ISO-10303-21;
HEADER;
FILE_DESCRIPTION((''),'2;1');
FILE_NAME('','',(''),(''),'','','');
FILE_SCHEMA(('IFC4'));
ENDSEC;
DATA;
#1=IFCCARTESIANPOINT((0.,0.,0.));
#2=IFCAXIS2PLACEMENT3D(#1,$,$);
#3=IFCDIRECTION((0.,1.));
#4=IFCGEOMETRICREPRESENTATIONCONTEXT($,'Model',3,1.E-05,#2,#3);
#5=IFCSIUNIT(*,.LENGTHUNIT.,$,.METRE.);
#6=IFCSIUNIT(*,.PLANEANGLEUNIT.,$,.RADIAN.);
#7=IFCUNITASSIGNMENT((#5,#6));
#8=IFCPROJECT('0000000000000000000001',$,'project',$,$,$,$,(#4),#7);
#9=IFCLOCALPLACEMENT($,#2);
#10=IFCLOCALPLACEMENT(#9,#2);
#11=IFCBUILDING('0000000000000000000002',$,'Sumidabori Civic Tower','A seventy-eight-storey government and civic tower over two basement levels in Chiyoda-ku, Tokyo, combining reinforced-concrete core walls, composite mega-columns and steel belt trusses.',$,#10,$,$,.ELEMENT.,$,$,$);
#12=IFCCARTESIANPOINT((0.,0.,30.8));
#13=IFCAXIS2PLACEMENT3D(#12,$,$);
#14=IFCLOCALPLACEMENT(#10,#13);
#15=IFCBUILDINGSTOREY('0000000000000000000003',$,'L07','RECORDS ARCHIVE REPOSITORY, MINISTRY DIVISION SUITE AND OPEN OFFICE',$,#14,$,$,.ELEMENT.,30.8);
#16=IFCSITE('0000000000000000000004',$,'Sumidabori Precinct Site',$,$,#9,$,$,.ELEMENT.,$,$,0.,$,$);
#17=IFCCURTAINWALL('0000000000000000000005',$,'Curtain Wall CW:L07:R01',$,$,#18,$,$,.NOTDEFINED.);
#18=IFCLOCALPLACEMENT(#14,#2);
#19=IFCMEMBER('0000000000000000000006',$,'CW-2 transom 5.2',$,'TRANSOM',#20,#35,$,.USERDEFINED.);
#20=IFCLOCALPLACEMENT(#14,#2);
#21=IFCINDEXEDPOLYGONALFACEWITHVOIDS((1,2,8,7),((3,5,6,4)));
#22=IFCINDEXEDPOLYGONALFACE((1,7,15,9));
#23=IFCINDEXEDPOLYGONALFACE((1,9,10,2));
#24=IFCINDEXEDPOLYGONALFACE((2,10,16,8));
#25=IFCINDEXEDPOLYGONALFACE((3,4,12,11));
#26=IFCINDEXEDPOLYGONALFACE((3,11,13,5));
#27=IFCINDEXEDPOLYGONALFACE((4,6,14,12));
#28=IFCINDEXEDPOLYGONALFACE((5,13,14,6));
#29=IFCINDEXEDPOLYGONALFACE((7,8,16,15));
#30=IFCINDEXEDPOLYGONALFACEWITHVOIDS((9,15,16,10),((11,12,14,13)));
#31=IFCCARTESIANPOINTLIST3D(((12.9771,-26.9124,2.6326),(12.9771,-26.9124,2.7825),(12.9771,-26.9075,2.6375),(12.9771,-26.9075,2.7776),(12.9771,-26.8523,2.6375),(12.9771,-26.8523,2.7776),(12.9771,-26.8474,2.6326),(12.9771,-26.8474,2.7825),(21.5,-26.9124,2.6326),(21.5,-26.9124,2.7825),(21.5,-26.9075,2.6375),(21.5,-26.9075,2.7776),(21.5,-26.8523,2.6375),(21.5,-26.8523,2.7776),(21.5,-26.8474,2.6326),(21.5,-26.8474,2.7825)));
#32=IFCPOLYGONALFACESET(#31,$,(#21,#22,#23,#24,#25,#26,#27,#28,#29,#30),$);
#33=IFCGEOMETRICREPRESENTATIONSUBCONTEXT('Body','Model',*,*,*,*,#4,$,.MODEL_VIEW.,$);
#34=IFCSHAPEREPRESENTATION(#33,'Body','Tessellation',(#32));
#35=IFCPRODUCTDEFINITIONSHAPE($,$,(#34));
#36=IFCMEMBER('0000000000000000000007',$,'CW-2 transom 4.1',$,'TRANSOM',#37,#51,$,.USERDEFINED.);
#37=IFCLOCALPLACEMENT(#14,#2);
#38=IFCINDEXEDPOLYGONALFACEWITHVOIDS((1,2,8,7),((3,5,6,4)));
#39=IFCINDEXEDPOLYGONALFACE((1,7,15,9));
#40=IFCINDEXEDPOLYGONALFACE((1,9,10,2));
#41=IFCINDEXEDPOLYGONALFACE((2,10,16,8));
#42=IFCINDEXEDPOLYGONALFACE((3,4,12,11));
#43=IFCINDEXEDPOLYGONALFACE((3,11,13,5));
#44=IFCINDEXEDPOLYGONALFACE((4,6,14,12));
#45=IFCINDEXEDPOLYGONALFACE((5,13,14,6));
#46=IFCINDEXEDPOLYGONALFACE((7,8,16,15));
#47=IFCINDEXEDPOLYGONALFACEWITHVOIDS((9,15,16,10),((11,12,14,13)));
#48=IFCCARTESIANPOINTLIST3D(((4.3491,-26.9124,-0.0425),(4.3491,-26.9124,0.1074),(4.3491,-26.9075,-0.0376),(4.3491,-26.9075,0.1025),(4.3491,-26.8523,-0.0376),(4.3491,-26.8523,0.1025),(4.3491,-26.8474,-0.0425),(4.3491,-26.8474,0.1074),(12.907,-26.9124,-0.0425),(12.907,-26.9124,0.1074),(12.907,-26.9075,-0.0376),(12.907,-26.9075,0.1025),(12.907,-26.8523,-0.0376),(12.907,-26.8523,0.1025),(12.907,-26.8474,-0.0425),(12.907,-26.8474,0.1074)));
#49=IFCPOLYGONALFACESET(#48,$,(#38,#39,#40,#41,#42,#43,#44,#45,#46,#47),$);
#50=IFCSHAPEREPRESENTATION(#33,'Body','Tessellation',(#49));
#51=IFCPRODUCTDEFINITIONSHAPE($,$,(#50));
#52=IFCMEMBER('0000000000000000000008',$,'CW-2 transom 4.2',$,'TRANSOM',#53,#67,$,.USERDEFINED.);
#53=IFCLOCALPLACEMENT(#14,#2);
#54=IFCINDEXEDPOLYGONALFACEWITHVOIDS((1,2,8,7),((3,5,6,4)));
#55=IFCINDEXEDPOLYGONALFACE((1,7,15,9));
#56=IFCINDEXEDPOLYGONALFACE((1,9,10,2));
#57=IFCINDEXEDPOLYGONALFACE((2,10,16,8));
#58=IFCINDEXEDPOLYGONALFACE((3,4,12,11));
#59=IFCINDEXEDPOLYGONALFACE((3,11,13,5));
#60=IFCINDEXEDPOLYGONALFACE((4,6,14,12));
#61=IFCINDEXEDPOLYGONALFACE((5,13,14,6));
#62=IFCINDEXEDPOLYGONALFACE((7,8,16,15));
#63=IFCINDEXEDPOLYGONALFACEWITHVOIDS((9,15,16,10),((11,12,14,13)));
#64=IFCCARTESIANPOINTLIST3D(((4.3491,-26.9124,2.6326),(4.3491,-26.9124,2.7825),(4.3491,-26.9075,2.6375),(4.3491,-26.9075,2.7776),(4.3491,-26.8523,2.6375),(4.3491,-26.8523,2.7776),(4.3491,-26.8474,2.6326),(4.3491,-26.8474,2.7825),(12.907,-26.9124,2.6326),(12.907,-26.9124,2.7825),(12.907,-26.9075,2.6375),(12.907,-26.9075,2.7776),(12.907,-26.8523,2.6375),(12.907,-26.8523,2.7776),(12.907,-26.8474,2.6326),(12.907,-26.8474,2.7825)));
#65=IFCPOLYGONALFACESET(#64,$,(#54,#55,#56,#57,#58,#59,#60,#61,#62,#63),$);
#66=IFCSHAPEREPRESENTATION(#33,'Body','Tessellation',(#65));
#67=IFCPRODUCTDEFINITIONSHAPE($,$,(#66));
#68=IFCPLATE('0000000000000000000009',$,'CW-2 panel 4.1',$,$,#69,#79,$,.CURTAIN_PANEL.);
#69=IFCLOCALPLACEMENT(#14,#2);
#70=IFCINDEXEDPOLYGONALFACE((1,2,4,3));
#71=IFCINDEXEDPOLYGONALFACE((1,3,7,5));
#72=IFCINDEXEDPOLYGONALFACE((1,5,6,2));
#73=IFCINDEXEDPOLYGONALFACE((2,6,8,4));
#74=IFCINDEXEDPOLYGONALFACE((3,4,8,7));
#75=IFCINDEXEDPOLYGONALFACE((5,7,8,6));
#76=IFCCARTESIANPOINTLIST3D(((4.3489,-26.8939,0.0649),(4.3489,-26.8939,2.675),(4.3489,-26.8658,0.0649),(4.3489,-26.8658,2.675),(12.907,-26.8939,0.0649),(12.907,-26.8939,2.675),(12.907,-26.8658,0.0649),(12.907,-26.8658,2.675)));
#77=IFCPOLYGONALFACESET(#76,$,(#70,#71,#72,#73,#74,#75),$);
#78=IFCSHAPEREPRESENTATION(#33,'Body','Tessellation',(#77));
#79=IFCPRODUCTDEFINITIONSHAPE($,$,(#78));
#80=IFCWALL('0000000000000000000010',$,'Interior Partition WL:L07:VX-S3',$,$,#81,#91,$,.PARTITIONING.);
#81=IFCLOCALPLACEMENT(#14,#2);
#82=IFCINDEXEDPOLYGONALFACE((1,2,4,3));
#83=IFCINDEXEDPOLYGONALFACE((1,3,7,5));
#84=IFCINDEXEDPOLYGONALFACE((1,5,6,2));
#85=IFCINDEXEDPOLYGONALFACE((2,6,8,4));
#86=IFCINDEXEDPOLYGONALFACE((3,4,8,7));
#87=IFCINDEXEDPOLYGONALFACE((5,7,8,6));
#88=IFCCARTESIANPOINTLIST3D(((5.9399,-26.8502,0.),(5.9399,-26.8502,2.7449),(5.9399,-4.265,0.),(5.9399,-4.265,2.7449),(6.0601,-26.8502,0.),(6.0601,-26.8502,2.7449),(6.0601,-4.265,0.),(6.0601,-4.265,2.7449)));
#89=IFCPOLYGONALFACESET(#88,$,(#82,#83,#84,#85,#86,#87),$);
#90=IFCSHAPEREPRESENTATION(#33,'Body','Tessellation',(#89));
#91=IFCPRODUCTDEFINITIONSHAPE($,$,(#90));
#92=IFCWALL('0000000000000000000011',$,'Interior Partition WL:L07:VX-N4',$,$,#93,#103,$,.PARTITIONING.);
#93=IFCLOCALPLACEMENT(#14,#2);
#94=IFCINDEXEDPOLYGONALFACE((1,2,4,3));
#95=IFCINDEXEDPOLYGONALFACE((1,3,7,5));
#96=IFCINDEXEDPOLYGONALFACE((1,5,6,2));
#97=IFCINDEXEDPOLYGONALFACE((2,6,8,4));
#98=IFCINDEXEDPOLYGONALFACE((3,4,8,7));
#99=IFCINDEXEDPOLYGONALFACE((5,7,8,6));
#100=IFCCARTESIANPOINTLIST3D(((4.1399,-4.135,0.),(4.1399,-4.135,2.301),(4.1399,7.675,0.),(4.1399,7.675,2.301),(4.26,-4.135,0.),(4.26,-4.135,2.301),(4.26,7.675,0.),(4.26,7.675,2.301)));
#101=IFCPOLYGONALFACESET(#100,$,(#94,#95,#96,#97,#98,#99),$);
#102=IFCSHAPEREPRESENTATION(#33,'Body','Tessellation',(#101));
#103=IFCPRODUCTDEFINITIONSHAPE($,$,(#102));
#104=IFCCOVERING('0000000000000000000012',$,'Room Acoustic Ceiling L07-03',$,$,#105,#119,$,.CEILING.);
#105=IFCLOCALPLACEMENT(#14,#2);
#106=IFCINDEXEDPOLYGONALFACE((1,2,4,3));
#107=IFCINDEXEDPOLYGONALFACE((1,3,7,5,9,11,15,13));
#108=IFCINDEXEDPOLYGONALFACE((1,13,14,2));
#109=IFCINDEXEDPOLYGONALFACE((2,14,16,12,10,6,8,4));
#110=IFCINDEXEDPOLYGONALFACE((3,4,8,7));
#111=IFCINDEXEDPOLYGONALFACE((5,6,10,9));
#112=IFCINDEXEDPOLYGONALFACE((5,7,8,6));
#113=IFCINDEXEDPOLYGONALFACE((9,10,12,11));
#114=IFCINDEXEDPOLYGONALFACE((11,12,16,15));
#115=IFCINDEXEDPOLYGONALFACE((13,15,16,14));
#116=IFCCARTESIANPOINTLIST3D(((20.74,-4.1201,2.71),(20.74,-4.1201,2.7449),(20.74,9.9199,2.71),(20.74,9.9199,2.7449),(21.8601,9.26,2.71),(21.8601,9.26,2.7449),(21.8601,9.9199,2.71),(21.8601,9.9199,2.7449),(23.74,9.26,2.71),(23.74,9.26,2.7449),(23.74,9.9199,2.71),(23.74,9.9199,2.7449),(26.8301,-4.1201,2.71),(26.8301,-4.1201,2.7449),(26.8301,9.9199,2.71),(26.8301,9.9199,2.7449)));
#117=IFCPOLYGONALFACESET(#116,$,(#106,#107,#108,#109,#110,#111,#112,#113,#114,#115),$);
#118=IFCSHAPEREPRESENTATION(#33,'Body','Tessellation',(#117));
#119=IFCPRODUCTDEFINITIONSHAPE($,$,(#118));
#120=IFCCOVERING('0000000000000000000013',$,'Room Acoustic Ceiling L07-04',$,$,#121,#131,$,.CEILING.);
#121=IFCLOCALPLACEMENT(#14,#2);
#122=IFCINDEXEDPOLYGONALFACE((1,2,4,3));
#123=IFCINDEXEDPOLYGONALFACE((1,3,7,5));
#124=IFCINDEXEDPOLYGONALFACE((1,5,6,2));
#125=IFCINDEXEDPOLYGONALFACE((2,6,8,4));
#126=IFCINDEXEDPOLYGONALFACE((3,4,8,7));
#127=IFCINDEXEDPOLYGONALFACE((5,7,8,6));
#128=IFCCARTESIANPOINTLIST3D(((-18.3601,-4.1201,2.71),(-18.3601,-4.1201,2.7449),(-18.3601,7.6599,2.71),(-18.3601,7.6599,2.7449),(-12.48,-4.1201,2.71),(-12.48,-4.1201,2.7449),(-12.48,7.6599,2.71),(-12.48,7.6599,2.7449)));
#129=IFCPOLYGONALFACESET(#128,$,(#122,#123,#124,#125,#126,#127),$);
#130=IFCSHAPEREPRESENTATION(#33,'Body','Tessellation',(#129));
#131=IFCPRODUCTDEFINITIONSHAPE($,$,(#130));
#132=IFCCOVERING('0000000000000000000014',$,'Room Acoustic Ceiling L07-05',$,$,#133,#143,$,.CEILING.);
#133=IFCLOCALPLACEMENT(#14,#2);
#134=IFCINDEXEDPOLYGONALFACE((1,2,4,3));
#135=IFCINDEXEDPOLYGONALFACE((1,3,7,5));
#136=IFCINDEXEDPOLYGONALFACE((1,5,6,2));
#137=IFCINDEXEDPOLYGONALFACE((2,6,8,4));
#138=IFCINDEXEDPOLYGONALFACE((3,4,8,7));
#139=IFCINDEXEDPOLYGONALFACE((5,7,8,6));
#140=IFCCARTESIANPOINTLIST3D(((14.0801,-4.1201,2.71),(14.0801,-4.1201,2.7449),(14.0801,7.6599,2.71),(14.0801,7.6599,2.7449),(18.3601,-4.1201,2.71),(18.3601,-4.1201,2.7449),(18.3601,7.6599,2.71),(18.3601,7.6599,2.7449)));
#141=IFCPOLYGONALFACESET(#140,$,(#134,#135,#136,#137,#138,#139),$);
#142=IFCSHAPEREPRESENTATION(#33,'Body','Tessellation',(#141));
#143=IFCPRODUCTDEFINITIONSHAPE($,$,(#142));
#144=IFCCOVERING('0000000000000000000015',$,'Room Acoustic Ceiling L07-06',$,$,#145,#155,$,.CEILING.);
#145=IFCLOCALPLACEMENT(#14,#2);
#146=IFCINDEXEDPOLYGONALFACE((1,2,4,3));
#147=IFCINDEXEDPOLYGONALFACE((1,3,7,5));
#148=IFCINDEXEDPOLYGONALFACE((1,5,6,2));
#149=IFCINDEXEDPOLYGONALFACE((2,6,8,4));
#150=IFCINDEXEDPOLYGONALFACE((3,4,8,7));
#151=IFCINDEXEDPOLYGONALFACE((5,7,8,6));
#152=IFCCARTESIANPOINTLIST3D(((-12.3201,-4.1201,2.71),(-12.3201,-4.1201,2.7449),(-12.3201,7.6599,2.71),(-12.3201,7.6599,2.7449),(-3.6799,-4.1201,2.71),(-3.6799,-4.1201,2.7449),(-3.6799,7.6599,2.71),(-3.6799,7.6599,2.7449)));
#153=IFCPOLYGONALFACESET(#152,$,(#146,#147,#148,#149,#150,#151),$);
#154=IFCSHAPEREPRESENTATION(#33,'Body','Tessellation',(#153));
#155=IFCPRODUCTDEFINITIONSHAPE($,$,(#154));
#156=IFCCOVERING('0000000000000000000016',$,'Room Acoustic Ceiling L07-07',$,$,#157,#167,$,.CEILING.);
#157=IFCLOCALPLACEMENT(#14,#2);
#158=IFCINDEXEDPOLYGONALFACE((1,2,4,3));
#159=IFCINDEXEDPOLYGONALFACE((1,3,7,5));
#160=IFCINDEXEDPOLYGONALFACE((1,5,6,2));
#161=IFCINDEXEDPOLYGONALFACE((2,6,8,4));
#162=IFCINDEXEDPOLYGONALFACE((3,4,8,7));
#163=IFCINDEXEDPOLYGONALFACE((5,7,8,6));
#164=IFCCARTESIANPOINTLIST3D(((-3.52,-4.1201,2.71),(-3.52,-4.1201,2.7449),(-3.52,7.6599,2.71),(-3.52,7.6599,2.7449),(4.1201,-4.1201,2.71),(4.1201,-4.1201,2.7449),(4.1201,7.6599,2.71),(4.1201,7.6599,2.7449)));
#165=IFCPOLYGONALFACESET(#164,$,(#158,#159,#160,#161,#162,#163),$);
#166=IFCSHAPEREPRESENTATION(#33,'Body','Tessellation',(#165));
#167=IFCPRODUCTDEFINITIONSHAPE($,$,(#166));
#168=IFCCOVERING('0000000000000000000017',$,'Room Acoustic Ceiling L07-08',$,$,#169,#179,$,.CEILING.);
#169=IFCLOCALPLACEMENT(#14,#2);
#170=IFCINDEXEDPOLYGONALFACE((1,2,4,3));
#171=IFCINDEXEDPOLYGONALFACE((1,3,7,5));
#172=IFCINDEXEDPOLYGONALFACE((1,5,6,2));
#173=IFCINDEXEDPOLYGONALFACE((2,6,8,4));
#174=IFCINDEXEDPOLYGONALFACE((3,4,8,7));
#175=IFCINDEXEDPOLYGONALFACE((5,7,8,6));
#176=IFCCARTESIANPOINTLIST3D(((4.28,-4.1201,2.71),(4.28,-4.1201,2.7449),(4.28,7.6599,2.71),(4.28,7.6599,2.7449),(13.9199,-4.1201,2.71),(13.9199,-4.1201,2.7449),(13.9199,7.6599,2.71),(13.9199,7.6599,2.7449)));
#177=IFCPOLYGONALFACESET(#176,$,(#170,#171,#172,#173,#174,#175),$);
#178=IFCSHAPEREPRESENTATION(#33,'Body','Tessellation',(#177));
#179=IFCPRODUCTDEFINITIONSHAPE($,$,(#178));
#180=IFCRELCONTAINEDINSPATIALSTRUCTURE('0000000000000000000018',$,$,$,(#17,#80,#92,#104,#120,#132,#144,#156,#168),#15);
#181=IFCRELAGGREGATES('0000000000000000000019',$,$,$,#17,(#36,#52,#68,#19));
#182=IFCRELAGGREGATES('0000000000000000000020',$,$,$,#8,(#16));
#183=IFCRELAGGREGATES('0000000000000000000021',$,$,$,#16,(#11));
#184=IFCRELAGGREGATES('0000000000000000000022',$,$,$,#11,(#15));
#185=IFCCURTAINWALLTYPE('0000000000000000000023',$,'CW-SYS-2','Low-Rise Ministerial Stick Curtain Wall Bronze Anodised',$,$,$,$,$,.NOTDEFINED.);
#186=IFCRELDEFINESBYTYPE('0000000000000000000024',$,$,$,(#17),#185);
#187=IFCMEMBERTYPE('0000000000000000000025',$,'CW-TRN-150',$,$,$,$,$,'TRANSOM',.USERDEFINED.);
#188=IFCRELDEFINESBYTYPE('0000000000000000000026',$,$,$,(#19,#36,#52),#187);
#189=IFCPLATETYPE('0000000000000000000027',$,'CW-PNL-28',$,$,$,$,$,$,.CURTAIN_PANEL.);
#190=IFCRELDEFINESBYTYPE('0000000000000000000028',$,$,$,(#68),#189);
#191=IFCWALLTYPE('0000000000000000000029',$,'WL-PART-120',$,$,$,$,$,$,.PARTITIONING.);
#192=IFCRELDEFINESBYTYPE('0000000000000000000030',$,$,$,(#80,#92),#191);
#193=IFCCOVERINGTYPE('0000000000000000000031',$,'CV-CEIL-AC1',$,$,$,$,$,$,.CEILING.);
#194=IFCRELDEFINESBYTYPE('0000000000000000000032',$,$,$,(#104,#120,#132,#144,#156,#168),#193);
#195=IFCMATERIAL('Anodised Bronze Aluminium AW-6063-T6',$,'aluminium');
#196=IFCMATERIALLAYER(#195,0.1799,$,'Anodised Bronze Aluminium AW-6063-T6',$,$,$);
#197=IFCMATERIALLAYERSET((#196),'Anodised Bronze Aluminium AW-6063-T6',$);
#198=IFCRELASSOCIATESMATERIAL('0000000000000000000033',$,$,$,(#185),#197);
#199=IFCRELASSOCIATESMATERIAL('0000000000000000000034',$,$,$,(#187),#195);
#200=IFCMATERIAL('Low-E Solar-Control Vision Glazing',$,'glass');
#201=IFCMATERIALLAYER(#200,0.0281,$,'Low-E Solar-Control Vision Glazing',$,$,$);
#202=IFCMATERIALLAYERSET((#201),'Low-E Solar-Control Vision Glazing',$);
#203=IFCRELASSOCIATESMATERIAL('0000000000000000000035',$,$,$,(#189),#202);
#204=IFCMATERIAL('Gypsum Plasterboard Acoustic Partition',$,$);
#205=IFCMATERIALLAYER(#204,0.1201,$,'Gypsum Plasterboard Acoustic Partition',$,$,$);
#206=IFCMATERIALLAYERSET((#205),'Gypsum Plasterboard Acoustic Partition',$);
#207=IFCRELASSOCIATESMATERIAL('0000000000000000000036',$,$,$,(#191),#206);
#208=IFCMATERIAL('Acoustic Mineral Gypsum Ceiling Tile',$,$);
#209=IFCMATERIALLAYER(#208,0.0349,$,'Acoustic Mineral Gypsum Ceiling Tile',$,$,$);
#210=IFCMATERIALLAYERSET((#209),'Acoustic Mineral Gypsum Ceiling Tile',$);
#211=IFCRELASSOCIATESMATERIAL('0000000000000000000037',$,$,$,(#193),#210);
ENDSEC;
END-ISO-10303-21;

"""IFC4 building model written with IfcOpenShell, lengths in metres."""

from ifc_helpers import new_model, si_unit, direction, frame, frame_2d, origin, origin_2d, place, context, subcontext, project, spatial, polyline, rectangle, hollow_rectangle, outline, extrude, source, transform, mapped, material, layer, layer_set, material_profile, profile_set, type_object, element, aggregate, save


model = new_model("IFC4")

# Units and contexts
model_context = context("Model", 3, precision=1e-05, world=origin(), true_north=direction((0.0, 1.0)))
body_context = subcontext(model_context, "Body", "Model", "MODEL_VIEW")
ifc_project = project(units=[si_unit("LENGTHUNIT", "METRE"), si_unit("PLANEANGLEUNIT", "RADIAN")], contexts=[model_context])

# Site, building, storey
site_placement = place(None, origin())
site = spatial("IfcSite", under=ifc_project, at=site_placement, Name="Sumidabori Precinct Site", CompositionType="ELEMENT", RefElevation=0.0)
building_placement = place(site_placement, origin())
building = spatial("IfcBuilding", under=site, at=building_placement, Name="Sumidabori Civic Tower", Description="A seventy-eight-storey government and civic tower over two basement levels in Chiyoda-ku, Tokyo, combining reinforced-concrete core walls, composite mega-columns and steel belt trusses.", CompositionType="ELEMENT")
storey_placement = place(building_placement, frame((0.0, 0.0, 30.8)))
storey = spatial("IfcBuildingStorey", under=building, at=storey_placement, Name="L07", Description="RECORDS ARCHIVE REPOSITORY, MINISTRY DIVISION SUITE AND OPEN OFFICE", CompositionType="ELEMENT", Elevation=30.8)

# Curtain wall, members, plate
ifc_material_1 = material(Name="Anodised Bronze Aluminium AW-6063-T6", Category="aluminium")
ifc_layer_1 = layer(ifc_material_1, 0.1799, Name="Anodised Bronze Aluminium AW-6063-T6")
ifc_layer_set_1 = layer_set([ifc_layer_1], Name="Anodised Bronze Aluminium AW-6063-T6")
curtain_wall_type = type_object("IfcCurtainWallType", Name="CW-SYS-2", Description="Low-Rise Ministerial Stick Curtain Wall Bronze Anodised", PredefinedType="NOTDEFINED", material=ifc_layer_set_1)
curtain_wall_placement = place(storey_placement, origin())
curtain_wall = element("IfcCurtainWall", 1, at=curtain_wall_placement, inside=storey, type_object=curtain_wall_type, Name="Curtain Wall CW:L07:R01", PredefinedType="NOTDEFINED")
ifc_material_profile_1 = material_profile(ifc_material_1, hollow_rectangle(XDim=0.0649, YDim=0.1499, WallThickness=0.0049, at=origin_2d()), Name="ALU TRANSOM 150x65")
ifc_profile_set_1 = profile_set([ifc_material_profile_1], Name="Anodised Bronze Aluminium AW-6063-T6")
member_type_1 = type_object("IfcMemberType", Name="CW-TRN-150", ElementType="TRANSOM", PredefinedType="USERDEFINED", material=ifc_profile_set_1)
shared_shape_1 = source(origin(), body_context, "Body", "SweptSolid", [
    extrude(hollow_rectangle(XDim=0.0649, YDim=0.1499, WallThickness=0.0049, at=origin_2d()), origin(), (0.0, 0.0, 1.0), 8.5229),
])
member_1_placement = place(storey_placement, frame((12.9771, -26.8799, 2.7075), z_axis=(1.0, 0.0, 0.0), x_axis=(0.0, 1.0, 0.0)))
member_1 = element("IfcMember", 2, at=member_1_placement, type_object=member_type_1, Name="CW-2 transom 5.2", ObjectType="TRANSOM", PredefinedType="USERDEFINED", context=body_context, shape_type="MappedRepresentation", body=[
    mapped(shared_shape_1, transform((0.0, 0.0, 0.0), x_axis=(1.0, 0.0, 0.0), y_axis=(0.0, 1.0, 0.0), z_axis=(0.0, 0.0, 1.0), scale=1.0)),
])
shared_shape_2 = source(origin(), body_context, "Body", "SweptSolid", [
    extrude(hollow_rectangle(XDim=0.0649, YDim=0.1499, WallThickness=0.0049, at=origin_2d()), origin(), (0.0, 0.0, 1.0), 8.5579),
])
member_2_placement = place(storey_placement, frame((4.3491, -26.8799, 0.0325), z_axis=(1.0, 0.0, 0.0), x_axis=(0.0, 1.0, 0.0)))
member_2 = element("IfcMember", 3, at=member_2_placement, type_object=member_type_1, Name="CW-2 transom 4.1", ObjectType="TRANSOM", PredefinedType="USERDEFINED", context=body_context, shape_type="MappedRepresentation", body=[
    mapped(shared_shape_2, transform((0.0, 0.0, 0.0), x_axis=(1.0, 0.0, 0.0), y_axis=(0.0, 1.0, 0.0), z_axis=(0.0, 0.0, 1.0), scale=1.0)),
])
member_3_placement = place(storey_placement, frame((4.3491, -26.8799, 2.7075), z_axis=(1.0, 0.0, 0.0), x_axis=(0.0, 1.0, 0.0)))
member_3 = element("IfcMember", 4, at=member_3_placement, type_object=member_type_1, Name="CW-2 transom 4.2", ObjectType="TRANSOM", PredefinedType="USERDEFINED", context=body_context, shape_type="MappedRepresentation", body=[
    mapped(shared_shape_2, transform((0.0, 0.0, 0.0), x_axis=(1.0, 0.0, 0.0), y_axis=(0.0, 1.0, 0.0), z_axis=(0.0, 0.0, 1.0), scale=1.0)),
])
ifc_material_2 = material(Name="Low-E Solar-Control Vision Glazing", Category="glass")
ifc_layer_2 = layer(ifc_material_2, 0.0281, Name="Low-E Solar-Control Vision Glazing")
ifc_layer_set_2 = layer_set([ifc_layer_2], Name="Low-E Solar-Control Vision Glazing")
plate_type = type_object("IfcPlateType", Name="CW-PNL-28", PredefinedType="CURTAIN_PANEL", material=ifc_layer_set_2)
shared_shape_3 = source(origin(), body_context, "Body", "SweptSolid", [
    extrude(rectangle(XDim=8.5581, YDim=0.0281, at=origin_2d()), origin(), (0.0, 0.0, 1.0), 2.6101),
])
plate_placement = place(storey_placement, frame((8.6279, -26.8799, 0.0649), z_axis=(0.0, 0.0, 1.0), x_axis=(1.0, 0.0, 0.0)))
plate = element("IfcPlate", 5, at=plate_placement, type_object=plate_type, Name="CW-2 panel 4.1", PredefinedType="CURTAIN_PANEL", context=body_context, shape_type="MappedRepresentation", body=[
    mapped(shared_shape_3, transform((0.0, 0.0, 0.0), x_axis=(1.0, 0.0, 0.0), y_axis=(0.0, 1.0, 0.0), z_axis=(0.0, 0.0, 1.0), scale=1.0)),
])
aggregate(curtain_wall, [member_2, member_3, plate, member_1])

# Walls
ifc_material_3 = material(Name="Gypsum Plasterboard Acoustic Partition")
ifc_layer_3 = layer(ifc_material_3, 0.1201, Name="Gypsum Plasterboard Acoustic Partition")
ifc_layer_set_3 = layer_set([ifc_layer_3], Name="Gypsum Plasterboard Acoustic Partition")
wall_type = type_object("IfcWallType", Name="WL-PART-120", PredefinedType="PARTITIONING", material=ifc_layer_set_3)
shared_shape_4 = source(origin(), body_context, "Body", "SweptSolid", [
    extrude(rectangle(XDim=22.5852, YDim=0.1201, at=frame_2d((11.2925, 0.0))), origin(), (0.0, 0.0, 1.0), 2.7449),
])
wall_1_placement = place(storey_placement, frame((6.0, -26.8501, 0.0), z_axis=(0.0, 0.0, 1.0), x_axis=(0.0, 1.0, 0.0)))
element("IfcWall", 6, at=wall_1_placement, inside=storey, type_object=wall_type, Name="Interior Partition WL:L07:VX-S3", PredefinedType="PARTITIONING", context=body_context, shape_type="MappedRepresentation", body=[
    mapped(shared_shape_4, transform((0.0, 0.0, 0.0), x_axis=(1.0, 0.0, 0.0), y_axis=(0.0, 1.0, 0.0), z_axis=(0.0, 0.0, 1.0), scale=1.0)),
])
shared_shape_5 = source(origin(), body_context, "Body", "SweptSolid", [
    extrude(rectangle(XDim=11.8101, YDim=0.1201, at=frame_2d((5.905, 0.0))), origin(), (0.0, 0.0, 1.0), 2.301),
])
wall_2_placement = place(storey_placement, frame((4.2, -4.135, 0.0), z_axis=(0.0, 0.0, 1.0), x_axis=(0.0, 1.0, 0.0)))
element("IfcWall", 7, at=wall_2_placement, inside=storey, type_object=wall_type, Name="Interior Partition WL:L07:VX-N4", PredefinedType="PARTITIONING", context=body_context, shape_type="MappedRepresentation", body=[
    mapped(shared_shape_5, transform((0.0, 0.0, 0.0), x_axis=(1.0, 0.0, 0.0), y_axis=(0.0, 1.0, 0.0), z_axis=(0.0, 0.0, 1.0), scale=1.0)),
])

# Coverings
ifc_material_4 = material(Name="Acoustic Mineral Gypsum Ceiling Tile")
ifc_layer_4 = layer(ifc_material_4, 0.0349, Name="Acoustic Mineral Gypsum Ceiling Tile")
ifc_layer_set_4 = layer_set([ifc_layer_4], Name="Acoustic Mineral Gypsum Ceiling Tile")
covering_type_1 = type_object("IfcCoveringType", Name="CV-CEIL-AC1", PredefinedType="CEILING", material=ifc_layer_set_4)
covering_1_placement = place(storey_placement, frame((0.0, 0.0, 2.71)))
element("IfcCovering", 8, at=covering_1_placement, inside=storey, type_object=covering_type_1, Name="Room Acoustic Ceiling L07-03", PredefinedType="CEILING", context=body_context, shape_type="SweptSolid", body=[
    extrude(outline(polyline([(20.74, 9.9199), (21.8601, 9.9199), (21.8601, 9.26), (23.74, 9.26), (23.74, 9.9199), (26.8301, 9.9199), (26.8301, -4.1201), (20.74, -4.1201), (20.74, 9.9199)])), origin(), (0.0, 0.0, 1.0), 0.0349),
])
covering_2_placement = place(storey_placement, frame((0.0, 0.0, 2.71)))
element("IfcCovering", 9, at=covering_2_placement, inside=storey, type_object=covering_type_1, Name="Room Acoustic Ceiling L07-04", PredefinedType="CEILING", context=body_context, shape_type="SweptSolid", body=[
    extrude(outline(polyline([(-18.3601, 7.6599), (-12.48, 7.6599), (-12.48, -4.1201), (-18.3601, -4.1201), (-18.3601, 7.6599)])), origin(), (0.0, 0.0, 1.0), 0.0349),
])
covering_3_placement = place(storey_placement, frame((0.0, 0.0, 2.71)))
element("IfcCovering", 10, at=covering_3_placement, inside=storey, type_object=covering_type_1, Name="Room Acoustic Ceiling L07-05", PredefinedType="CEILING", context=body_context, shape_type="SweptSolid", body=[
    extrude(outline(polyline([(14.0801, 7.6599), (18.3601, 7.6599), (18.3601, -4.1201), (14.0801, -4.1201), (14.0801, 7.6599)])), origin(), (0.0, 0.0, 1.0), 0.0349),
])
covering_4_placement = place(storey_placement, frame((0.0, 0.0, 2.71)))
element("IfcCovering", 11, at=covering_4_placement, inside=storey, type_object=covering_type_1, Name="Room Acoustic Ceiling L07-06", PredefinedType="CEILING", context=body_context, shape_type="SweptSolid", body=[
    extrude(outline(polyline([(-12.3201, 7.6599), (-3.6799, 7.6599), (-3.6799, -4.1201), (-12.3201, -4.1201), (-12.3201, 7.6599)])), origin(), (0.0, 0.0, 1.0), 0.0349),
])
covering_5_placement = place(storey_placement, frame((0.0, 0.0, 2.71)))
element("IfcCovering", 12, at=covering_5_placement, inside=storey, type_object=covering_type_1, Name="Room Acoustic Ceiling L07-07", PredefinedType="CEILING", context=body_context, shape_type="SweptSolid", body=[
    extrude(outline(polyline([(-3.52, 7.6599), (4.1201, 7.6599), (4.1201, -4.1201), (-3.52, -4.1201), (-3.52, 7.6599)])), origin(), (0.0, 0.0, 1.0), 0.0349),
])
covering_6_placement = place(storey_placement, frame((0.0, 0.0, 2.71)))
element("IfcCovering", 13, at=covering_6_placement, inside=storey, type_object=covering_type_1, Name="Room Acoustic Ceiling L07-08", PredefinedType="CEILING", context=body_context, shape_type="SweptSolid", body=[
    extrude(outline(polyline([(4.28, 7.6599), (13.9199, 7.6599), (13.9199, -4.1201), (4.28, -4.1201), (4.28, 7.6599)])), origin(), (0.0, 0.0, 1.0), 0.0349),
])

save(model, "model.ifc")
